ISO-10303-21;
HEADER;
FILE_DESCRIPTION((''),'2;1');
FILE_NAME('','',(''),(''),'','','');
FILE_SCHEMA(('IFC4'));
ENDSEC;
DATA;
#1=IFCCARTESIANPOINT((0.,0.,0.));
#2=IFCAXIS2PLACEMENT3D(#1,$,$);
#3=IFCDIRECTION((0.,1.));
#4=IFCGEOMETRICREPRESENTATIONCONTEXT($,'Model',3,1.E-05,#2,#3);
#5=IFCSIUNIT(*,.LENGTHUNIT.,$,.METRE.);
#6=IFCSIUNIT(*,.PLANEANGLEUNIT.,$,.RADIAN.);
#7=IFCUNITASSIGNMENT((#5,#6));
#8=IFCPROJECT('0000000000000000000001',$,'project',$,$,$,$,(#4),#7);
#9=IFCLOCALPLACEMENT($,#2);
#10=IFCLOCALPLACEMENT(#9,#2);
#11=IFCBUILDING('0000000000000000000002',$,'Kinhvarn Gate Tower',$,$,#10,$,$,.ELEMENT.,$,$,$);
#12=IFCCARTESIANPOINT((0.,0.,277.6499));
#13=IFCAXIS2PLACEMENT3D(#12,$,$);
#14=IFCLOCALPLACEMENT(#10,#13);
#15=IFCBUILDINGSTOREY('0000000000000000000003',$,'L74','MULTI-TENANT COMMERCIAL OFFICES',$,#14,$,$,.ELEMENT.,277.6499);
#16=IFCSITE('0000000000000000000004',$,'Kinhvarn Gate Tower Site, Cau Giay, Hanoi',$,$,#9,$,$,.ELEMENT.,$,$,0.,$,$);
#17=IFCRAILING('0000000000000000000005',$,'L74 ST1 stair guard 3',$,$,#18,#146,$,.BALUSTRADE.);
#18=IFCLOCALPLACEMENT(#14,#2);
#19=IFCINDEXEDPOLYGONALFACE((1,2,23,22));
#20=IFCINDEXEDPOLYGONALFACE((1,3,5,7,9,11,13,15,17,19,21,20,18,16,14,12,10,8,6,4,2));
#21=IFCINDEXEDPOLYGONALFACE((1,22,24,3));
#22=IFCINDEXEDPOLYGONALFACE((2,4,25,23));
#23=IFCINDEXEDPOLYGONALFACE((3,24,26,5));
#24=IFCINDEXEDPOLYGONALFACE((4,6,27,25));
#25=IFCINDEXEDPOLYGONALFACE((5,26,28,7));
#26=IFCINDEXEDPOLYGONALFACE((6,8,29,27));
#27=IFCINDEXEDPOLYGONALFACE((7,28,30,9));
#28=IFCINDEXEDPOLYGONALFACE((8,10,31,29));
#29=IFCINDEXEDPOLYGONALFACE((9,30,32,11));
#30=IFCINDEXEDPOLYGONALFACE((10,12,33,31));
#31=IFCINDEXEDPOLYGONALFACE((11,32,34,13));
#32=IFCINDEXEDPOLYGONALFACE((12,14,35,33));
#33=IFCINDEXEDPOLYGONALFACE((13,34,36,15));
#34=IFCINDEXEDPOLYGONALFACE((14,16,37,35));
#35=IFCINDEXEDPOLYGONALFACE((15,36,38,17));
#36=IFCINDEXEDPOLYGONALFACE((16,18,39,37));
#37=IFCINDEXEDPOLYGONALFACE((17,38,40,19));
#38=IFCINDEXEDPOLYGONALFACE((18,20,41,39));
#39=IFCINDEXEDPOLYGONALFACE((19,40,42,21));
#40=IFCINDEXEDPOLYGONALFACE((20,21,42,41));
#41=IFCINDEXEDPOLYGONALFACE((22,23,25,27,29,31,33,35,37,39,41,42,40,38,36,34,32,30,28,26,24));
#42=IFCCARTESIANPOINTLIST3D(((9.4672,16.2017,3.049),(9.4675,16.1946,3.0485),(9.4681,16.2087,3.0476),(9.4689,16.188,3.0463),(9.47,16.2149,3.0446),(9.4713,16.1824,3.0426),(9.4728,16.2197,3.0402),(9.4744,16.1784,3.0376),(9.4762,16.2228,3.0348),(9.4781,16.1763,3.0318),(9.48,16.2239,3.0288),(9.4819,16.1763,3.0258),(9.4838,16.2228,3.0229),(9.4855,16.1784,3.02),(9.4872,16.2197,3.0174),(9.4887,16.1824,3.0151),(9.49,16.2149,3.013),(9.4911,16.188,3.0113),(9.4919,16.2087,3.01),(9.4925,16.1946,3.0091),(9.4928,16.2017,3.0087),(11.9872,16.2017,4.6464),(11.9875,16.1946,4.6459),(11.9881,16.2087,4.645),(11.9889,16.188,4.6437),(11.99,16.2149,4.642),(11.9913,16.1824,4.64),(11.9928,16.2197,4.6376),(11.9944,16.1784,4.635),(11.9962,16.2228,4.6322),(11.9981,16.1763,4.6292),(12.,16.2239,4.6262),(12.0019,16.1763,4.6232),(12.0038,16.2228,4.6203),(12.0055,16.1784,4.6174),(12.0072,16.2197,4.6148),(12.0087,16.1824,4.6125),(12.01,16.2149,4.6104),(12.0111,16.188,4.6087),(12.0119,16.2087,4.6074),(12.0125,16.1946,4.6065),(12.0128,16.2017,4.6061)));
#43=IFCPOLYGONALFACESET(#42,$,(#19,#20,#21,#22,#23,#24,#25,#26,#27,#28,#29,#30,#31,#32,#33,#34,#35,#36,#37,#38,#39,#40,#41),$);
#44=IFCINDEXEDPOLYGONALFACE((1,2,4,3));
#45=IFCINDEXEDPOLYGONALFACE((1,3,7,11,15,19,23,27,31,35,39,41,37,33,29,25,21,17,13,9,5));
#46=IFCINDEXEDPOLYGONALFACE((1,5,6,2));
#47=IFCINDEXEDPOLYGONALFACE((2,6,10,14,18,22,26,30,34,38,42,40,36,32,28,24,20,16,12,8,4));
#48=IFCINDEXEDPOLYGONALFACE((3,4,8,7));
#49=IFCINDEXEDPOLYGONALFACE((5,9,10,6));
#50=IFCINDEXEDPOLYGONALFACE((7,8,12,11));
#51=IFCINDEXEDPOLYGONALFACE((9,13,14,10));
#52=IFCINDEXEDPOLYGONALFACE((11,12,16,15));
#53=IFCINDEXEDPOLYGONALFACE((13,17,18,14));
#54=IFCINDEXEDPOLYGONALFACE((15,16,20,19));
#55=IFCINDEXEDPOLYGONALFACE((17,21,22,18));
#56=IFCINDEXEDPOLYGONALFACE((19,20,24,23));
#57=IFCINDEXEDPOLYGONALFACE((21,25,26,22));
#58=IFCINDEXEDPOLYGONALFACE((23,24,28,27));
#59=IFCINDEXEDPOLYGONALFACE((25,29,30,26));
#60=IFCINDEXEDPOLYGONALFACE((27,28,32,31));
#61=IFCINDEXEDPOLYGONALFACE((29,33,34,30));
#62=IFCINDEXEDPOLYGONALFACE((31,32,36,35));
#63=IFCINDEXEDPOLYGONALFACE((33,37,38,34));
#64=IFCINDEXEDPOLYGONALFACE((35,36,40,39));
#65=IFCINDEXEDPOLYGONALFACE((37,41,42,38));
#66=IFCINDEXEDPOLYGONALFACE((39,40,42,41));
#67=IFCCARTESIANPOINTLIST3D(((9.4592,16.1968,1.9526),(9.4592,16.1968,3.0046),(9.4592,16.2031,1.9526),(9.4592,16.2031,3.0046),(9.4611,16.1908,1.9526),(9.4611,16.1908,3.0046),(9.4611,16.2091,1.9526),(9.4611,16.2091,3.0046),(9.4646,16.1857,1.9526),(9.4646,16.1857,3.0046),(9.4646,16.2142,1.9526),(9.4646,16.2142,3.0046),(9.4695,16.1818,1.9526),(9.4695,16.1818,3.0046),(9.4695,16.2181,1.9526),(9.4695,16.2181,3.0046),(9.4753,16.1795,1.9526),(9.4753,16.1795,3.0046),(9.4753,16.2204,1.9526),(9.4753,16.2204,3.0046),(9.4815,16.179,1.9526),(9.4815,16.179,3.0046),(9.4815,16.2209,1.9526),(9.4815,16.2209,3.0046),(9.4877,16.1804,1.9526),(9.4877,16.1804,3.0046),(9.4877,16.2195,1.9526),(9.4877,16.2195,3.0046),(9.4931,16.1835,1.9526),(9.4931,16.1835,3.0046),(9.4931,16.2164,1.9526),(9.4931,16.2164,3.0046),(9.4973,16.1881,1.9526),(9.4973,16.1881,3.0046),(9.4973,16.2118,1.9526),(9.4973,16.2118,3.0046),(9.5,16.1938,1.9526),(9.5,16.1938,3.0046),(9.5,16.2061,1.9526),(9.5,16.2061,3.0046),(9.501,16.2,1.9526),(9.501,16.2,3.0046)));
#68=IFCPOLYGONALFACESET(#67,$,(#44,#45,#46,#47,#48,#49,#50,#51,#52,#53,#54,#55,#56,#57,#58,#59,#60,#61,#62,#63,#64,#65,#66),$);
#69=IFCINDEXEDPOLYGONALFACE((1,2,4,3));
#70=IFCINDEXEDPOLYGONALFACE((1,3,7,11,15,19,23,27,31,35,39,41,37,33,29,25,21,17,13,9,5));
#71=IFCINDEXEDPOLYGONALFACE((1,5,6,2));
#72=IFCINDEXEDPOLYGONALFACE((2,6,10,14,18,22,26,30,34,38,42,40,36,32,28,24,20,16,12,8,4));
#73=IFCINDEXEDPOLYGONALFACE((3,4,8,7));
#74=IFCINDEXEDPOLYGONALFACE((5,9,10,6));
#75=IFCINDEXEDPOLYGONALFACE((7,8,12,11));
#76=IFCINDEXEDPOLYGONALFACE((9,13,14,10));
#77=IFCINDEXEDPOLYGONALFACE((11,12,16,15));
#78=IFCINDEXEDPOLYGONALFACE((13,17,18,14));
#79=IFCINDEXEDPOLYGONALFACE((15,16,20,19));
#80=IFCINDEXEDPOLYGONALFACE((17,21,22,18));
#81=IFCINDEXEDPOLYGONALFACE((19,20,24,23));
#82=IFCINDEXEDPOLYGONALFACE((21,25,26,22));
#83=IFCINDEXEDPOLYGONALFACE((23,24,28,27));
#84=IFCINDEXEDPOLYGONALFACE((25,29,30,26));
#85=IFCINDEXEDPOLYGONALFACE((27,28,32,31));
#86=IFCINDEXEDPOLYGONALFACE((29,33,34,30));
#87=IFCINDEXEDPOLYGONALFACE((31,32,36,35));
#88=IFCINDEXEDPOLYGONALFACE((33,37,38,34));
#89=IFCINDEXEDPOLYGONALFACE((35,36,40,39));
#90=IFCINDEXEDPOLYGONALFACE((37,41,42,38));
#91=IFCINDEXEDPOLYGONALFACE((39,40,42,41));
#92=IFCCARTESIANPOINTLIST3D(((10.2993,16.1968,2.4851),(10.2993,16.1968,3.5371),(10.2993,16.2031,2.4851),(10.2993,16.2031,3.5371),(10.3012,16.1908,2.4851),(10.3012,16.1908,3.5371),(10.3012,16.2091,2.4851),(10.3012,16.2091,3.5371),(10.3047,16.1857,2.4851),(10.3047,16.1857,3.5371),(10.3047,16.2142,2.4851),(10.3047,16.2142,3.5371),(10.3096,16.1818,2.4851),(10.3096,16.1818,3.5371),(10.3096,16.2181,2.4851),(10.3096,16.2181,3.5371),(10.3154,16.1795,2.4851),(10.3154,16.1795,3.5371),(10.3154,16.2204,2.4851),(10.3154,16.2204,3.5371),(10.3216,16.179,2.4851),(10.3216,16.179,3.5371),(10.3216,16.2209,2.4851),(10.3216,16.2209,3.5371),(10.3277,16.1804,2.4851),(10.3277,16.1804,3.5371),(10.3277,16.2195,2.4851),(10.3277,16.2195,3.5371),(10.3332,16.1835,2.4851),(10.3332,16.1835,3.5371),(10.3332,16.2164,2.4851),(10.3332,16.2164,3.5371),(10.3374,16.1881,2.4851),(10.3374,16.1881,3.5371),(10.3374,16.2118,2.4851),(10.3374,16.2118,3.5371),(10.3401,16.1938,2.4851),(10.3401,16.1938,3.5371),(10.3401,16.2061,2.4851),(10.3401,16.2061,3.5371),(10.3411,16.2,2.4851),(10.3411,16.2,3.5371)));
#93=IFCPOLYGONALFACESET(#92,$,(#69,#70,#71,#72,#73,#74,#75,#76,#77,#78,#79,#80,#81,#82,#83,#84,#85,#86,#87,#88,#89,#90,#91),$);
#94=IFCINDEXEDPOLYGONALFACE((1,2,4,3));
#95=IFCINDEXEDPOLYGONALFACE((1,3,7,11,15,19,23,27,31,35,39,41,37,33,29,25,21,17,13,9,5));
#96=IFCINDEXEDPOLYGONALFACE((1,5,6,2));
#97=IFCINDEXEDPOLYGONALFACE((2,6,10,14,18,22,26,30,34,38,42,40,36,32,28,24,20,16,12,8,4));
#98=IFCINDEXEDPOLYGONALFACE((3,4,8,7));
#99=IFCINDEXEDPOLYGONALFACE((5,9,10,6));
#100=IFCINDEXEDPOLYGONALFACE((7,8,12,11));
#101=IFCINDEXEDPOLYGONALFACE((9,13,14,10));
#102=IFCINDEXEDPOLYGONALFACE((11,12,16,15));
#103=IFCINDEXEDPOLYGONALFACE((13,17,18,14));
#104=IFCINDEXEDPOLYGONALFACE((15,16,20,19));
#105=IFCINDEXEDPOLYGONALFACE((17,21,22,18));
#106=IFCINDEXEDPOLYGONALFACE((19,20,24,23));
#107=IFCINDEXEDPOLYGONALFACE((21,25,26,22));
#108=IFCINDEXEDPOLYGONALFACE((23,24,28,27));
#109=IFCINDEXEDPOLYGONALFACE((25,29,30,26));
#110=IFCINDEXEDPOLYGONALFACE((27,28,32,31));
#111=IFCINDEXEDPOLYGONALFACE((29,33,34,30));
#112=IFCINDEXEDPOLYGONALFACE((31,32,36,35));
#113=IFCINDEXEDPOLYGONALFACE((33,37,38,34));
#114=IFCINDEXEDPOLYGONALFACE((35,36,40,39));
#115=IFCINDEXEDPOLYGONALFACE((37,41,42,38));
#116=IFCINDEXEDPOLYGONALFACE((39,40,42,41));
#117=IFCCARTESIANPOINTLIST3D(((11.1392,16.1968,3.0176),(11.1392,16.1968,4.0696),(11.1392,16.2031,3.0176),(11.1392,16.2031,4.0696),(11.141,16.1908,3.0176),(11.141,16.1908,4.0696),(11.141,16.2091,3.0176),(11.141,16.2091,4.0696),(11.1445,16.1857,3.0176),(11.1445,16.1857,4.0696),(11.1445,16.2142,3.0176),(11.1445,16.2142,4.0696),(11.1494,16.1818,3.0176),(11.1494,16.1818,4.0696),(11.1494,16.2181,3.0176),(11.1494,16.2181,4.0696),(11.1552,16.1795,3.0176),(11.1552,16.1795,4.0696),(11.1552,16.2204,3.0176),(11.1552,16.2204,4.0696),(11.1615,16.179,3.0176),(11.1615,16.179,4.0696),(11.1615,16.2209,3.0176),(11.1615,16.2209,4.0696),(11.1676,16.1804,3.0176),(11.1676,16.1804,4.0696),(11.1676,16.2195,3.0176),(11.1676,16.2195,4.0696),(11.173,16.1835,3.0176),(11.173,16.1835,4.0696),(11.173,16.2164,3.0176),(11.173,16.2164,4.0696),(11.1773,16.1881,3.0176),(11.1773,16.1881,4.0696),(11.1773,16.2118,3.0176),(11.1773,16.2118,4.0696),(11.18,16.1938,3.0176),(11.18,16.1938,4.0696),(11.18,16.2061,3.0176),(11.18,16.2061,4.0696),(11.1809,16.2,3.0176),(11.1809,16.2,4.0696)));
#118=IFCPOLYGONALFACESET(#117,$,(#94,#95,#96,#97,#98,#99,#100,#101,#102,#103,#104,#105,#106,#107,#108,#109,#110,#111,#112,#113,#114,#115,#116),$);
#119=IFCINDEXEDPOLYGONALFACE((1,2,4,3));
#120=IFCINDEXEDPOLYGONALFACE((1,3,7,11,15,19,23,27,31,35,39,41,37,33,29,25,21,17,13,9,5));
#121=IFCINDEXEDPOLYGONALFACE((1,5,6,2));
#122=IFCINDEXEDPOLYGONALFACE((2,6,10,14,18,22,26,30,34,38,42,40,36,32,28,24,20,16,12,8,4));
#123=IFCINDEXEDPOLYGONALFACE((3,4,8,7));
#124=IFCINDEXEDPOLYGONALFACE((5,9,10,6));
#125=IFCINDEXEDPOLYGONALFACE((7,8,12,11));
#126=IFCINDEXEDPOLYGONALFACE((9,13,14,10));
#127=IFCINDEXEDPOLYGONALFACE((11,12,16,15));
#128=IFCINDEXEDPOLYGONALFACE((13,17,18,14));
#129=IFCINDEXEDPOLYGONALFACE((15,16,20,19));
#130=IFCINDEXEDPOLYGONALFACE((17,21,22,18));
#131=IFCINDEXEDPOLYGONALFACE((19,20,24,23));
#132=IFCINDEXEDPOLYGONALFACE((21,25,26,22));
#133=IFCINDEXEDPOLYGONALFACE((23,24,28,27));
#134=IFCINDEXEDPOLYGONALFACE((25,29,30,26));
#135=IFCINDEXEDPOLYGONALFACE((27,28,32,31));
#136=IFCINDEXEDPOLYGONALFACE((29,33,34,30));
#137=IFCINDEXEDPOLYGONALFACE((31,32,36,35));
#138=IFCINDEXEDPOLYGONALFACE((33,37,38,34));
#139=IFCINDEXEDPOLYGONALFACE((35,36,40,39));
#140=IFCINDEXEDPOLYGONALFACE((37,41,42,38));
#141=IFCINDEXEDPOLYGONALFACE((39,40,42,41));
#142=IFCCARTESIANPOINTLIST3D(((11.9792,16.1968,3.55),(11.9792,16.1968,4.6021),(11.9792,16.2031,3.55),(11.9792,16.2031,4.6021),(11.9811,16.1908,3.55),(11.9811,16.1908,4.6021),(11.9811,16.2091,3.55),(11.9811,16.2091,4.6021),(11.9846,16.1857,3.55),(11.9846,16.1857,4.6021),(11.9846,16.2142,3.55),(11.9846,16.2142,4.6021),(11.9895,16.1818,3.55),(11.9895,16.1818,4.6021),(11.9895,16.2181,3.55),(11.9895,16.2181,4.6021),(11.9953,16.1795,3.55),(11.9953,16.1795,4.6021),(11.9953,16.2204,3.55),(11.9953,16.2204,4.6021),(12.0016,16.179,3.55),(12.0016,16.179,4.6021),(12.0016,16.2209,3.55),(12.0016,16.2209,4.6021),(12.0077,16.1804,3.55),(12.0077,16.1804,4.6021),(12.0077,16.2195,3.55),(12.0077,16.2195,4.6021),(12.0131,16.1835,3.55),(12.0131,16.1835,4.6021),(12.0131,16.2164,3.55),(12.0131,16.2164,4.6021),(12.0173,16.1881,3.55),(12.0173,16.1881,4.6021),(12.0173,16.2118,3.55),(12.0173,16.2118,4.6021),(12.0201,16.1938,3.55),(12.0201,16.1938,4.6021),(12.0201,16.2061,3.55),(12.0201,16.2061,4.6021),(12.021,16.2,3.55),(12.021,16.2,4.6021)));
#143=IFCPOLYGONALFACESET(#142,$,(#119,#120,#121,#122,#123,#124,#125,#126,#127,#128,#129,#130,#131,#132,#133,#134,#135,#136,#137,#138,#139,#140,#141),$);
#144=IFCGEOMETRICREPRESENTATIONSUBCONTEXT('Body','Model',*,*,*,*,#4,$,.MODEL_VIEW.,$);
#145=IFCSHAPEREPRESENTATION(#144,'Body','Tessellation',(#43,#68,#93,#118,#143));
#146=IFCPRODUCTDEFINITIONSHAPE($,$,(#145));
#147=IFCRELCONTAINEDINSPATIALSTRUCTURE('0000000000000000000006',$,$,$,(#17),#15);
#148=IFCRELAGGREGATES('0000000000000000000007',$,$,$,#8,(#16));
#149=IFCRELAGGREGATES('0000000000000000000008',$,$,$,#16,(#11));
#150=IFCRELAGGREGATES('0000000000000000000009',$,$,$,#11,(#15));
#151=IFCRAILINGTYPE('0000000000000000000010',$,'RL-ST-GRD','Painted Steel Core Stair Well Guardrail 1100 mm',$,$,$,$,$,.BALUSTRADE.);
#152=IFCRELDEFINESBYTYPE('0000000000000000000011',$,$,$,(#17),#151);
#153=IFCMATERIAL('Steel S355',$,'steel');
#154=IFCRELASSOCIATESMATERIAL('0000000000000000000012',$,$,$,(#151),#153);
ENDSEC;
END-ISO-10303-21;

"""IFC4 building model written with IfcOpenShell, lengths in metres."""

from ifc_helpers import new_model, si_unit, direction, frame, origin, origin_2d, place, context, subcontext, project, spatial, circle, extrude, material, type_object, element, save


model = new_model("IFC4")

# Units and contexts
model_context = context("Model", 3, precision=1e-05, world=origin(), true_north=direction((0.0, 1.0)))
body_context = subcontext(model_context, "Body", "Model", "MODEL_VIEW")
ifc_project = project(units=[si_unit("LENGTHUNIT", "METRE"), si_unit("PLANEANGLEUNIT", "RADIAN")], contexts=[model_context])

# Site, building, storey
site_placement = place(None, origin())
site = spatial("IfcSite", under=ifc_project, at=site_placement, Name="Kinhvarn Gate Tower Site, Cau Giay, Hanoi", CompositionType="ELEMENT", RefElevation=0.0)
building_placement = place(site_placement, origin())
building = spatial("IfcBuilding", under=site, at=building_placement, Name="Kinhvarn Gate Tower", CompositionType="ELEMENT")
storey_placement = place(building_placement, frame((0.0, 0.0, 277.6499)))
storey = spatial("IfcBuildingStorey", under=building, at=storey_placement, Name="L74", Description="MULTI-TENANT COMMERCIAL OFFICES", CompositionType="ELEMENT", Elevation=277.6499)

# Shared definitions
ifc_material_1 = material(Name="Steel S355", Category="steel")

# Railing
railing_type_1 = type_object("IfcRailingType", Name="RL-ST-GRD", Description="Painted Steel Core Stair Well Guardrail 1100 mm", PredefinedType="BALUSTRADE", material=ifc_material_1)
railing_1_placement = place(storey_placement, frame((9.48, 16.2, 1.9526)))
element("IfcRailing", 1, at=railing_1_placement, inside=storey, type_object=railing_type_1, Name="L74 ST1 stair guard 3", PredefinedType="BALUSTRADE", context=body_context, shape_type="SweptSolid", body=[
    extrude(circle(Radius=0.0239, at=origin_2d()), frame((0.0, 0.0, 1.0762), z_axis=(0.844607, 0.0, 0.535387), x_axis=(0.0, 1.0, 0.0)), (0.0, 0.0, 1.0), 2.9836),
    extrude(circle(Radius=0.021, at=origin_2d()), origin(), (0.0, 0.0, 1.0), 1.052),
    extrude(circle(Radius=0.021, at=origin_2d()), frame((0.8401, 0.0, 0.5325)), (0.0, 0.0, 1.0), 1.052),
    extrude(circle(Radius=0.021, at=origin_2d()), frame((1.6799, 0.0, 1.0649)), (0.0, 0.0, 1.0), 1.052),
    extrude(circle(Radius=0.021, at=origin_2d()), frame((2.52, 0.0, 1.5974)), (0.0, 0.0, 1.0), 1.052),
])

save(model, "model.ifc")
